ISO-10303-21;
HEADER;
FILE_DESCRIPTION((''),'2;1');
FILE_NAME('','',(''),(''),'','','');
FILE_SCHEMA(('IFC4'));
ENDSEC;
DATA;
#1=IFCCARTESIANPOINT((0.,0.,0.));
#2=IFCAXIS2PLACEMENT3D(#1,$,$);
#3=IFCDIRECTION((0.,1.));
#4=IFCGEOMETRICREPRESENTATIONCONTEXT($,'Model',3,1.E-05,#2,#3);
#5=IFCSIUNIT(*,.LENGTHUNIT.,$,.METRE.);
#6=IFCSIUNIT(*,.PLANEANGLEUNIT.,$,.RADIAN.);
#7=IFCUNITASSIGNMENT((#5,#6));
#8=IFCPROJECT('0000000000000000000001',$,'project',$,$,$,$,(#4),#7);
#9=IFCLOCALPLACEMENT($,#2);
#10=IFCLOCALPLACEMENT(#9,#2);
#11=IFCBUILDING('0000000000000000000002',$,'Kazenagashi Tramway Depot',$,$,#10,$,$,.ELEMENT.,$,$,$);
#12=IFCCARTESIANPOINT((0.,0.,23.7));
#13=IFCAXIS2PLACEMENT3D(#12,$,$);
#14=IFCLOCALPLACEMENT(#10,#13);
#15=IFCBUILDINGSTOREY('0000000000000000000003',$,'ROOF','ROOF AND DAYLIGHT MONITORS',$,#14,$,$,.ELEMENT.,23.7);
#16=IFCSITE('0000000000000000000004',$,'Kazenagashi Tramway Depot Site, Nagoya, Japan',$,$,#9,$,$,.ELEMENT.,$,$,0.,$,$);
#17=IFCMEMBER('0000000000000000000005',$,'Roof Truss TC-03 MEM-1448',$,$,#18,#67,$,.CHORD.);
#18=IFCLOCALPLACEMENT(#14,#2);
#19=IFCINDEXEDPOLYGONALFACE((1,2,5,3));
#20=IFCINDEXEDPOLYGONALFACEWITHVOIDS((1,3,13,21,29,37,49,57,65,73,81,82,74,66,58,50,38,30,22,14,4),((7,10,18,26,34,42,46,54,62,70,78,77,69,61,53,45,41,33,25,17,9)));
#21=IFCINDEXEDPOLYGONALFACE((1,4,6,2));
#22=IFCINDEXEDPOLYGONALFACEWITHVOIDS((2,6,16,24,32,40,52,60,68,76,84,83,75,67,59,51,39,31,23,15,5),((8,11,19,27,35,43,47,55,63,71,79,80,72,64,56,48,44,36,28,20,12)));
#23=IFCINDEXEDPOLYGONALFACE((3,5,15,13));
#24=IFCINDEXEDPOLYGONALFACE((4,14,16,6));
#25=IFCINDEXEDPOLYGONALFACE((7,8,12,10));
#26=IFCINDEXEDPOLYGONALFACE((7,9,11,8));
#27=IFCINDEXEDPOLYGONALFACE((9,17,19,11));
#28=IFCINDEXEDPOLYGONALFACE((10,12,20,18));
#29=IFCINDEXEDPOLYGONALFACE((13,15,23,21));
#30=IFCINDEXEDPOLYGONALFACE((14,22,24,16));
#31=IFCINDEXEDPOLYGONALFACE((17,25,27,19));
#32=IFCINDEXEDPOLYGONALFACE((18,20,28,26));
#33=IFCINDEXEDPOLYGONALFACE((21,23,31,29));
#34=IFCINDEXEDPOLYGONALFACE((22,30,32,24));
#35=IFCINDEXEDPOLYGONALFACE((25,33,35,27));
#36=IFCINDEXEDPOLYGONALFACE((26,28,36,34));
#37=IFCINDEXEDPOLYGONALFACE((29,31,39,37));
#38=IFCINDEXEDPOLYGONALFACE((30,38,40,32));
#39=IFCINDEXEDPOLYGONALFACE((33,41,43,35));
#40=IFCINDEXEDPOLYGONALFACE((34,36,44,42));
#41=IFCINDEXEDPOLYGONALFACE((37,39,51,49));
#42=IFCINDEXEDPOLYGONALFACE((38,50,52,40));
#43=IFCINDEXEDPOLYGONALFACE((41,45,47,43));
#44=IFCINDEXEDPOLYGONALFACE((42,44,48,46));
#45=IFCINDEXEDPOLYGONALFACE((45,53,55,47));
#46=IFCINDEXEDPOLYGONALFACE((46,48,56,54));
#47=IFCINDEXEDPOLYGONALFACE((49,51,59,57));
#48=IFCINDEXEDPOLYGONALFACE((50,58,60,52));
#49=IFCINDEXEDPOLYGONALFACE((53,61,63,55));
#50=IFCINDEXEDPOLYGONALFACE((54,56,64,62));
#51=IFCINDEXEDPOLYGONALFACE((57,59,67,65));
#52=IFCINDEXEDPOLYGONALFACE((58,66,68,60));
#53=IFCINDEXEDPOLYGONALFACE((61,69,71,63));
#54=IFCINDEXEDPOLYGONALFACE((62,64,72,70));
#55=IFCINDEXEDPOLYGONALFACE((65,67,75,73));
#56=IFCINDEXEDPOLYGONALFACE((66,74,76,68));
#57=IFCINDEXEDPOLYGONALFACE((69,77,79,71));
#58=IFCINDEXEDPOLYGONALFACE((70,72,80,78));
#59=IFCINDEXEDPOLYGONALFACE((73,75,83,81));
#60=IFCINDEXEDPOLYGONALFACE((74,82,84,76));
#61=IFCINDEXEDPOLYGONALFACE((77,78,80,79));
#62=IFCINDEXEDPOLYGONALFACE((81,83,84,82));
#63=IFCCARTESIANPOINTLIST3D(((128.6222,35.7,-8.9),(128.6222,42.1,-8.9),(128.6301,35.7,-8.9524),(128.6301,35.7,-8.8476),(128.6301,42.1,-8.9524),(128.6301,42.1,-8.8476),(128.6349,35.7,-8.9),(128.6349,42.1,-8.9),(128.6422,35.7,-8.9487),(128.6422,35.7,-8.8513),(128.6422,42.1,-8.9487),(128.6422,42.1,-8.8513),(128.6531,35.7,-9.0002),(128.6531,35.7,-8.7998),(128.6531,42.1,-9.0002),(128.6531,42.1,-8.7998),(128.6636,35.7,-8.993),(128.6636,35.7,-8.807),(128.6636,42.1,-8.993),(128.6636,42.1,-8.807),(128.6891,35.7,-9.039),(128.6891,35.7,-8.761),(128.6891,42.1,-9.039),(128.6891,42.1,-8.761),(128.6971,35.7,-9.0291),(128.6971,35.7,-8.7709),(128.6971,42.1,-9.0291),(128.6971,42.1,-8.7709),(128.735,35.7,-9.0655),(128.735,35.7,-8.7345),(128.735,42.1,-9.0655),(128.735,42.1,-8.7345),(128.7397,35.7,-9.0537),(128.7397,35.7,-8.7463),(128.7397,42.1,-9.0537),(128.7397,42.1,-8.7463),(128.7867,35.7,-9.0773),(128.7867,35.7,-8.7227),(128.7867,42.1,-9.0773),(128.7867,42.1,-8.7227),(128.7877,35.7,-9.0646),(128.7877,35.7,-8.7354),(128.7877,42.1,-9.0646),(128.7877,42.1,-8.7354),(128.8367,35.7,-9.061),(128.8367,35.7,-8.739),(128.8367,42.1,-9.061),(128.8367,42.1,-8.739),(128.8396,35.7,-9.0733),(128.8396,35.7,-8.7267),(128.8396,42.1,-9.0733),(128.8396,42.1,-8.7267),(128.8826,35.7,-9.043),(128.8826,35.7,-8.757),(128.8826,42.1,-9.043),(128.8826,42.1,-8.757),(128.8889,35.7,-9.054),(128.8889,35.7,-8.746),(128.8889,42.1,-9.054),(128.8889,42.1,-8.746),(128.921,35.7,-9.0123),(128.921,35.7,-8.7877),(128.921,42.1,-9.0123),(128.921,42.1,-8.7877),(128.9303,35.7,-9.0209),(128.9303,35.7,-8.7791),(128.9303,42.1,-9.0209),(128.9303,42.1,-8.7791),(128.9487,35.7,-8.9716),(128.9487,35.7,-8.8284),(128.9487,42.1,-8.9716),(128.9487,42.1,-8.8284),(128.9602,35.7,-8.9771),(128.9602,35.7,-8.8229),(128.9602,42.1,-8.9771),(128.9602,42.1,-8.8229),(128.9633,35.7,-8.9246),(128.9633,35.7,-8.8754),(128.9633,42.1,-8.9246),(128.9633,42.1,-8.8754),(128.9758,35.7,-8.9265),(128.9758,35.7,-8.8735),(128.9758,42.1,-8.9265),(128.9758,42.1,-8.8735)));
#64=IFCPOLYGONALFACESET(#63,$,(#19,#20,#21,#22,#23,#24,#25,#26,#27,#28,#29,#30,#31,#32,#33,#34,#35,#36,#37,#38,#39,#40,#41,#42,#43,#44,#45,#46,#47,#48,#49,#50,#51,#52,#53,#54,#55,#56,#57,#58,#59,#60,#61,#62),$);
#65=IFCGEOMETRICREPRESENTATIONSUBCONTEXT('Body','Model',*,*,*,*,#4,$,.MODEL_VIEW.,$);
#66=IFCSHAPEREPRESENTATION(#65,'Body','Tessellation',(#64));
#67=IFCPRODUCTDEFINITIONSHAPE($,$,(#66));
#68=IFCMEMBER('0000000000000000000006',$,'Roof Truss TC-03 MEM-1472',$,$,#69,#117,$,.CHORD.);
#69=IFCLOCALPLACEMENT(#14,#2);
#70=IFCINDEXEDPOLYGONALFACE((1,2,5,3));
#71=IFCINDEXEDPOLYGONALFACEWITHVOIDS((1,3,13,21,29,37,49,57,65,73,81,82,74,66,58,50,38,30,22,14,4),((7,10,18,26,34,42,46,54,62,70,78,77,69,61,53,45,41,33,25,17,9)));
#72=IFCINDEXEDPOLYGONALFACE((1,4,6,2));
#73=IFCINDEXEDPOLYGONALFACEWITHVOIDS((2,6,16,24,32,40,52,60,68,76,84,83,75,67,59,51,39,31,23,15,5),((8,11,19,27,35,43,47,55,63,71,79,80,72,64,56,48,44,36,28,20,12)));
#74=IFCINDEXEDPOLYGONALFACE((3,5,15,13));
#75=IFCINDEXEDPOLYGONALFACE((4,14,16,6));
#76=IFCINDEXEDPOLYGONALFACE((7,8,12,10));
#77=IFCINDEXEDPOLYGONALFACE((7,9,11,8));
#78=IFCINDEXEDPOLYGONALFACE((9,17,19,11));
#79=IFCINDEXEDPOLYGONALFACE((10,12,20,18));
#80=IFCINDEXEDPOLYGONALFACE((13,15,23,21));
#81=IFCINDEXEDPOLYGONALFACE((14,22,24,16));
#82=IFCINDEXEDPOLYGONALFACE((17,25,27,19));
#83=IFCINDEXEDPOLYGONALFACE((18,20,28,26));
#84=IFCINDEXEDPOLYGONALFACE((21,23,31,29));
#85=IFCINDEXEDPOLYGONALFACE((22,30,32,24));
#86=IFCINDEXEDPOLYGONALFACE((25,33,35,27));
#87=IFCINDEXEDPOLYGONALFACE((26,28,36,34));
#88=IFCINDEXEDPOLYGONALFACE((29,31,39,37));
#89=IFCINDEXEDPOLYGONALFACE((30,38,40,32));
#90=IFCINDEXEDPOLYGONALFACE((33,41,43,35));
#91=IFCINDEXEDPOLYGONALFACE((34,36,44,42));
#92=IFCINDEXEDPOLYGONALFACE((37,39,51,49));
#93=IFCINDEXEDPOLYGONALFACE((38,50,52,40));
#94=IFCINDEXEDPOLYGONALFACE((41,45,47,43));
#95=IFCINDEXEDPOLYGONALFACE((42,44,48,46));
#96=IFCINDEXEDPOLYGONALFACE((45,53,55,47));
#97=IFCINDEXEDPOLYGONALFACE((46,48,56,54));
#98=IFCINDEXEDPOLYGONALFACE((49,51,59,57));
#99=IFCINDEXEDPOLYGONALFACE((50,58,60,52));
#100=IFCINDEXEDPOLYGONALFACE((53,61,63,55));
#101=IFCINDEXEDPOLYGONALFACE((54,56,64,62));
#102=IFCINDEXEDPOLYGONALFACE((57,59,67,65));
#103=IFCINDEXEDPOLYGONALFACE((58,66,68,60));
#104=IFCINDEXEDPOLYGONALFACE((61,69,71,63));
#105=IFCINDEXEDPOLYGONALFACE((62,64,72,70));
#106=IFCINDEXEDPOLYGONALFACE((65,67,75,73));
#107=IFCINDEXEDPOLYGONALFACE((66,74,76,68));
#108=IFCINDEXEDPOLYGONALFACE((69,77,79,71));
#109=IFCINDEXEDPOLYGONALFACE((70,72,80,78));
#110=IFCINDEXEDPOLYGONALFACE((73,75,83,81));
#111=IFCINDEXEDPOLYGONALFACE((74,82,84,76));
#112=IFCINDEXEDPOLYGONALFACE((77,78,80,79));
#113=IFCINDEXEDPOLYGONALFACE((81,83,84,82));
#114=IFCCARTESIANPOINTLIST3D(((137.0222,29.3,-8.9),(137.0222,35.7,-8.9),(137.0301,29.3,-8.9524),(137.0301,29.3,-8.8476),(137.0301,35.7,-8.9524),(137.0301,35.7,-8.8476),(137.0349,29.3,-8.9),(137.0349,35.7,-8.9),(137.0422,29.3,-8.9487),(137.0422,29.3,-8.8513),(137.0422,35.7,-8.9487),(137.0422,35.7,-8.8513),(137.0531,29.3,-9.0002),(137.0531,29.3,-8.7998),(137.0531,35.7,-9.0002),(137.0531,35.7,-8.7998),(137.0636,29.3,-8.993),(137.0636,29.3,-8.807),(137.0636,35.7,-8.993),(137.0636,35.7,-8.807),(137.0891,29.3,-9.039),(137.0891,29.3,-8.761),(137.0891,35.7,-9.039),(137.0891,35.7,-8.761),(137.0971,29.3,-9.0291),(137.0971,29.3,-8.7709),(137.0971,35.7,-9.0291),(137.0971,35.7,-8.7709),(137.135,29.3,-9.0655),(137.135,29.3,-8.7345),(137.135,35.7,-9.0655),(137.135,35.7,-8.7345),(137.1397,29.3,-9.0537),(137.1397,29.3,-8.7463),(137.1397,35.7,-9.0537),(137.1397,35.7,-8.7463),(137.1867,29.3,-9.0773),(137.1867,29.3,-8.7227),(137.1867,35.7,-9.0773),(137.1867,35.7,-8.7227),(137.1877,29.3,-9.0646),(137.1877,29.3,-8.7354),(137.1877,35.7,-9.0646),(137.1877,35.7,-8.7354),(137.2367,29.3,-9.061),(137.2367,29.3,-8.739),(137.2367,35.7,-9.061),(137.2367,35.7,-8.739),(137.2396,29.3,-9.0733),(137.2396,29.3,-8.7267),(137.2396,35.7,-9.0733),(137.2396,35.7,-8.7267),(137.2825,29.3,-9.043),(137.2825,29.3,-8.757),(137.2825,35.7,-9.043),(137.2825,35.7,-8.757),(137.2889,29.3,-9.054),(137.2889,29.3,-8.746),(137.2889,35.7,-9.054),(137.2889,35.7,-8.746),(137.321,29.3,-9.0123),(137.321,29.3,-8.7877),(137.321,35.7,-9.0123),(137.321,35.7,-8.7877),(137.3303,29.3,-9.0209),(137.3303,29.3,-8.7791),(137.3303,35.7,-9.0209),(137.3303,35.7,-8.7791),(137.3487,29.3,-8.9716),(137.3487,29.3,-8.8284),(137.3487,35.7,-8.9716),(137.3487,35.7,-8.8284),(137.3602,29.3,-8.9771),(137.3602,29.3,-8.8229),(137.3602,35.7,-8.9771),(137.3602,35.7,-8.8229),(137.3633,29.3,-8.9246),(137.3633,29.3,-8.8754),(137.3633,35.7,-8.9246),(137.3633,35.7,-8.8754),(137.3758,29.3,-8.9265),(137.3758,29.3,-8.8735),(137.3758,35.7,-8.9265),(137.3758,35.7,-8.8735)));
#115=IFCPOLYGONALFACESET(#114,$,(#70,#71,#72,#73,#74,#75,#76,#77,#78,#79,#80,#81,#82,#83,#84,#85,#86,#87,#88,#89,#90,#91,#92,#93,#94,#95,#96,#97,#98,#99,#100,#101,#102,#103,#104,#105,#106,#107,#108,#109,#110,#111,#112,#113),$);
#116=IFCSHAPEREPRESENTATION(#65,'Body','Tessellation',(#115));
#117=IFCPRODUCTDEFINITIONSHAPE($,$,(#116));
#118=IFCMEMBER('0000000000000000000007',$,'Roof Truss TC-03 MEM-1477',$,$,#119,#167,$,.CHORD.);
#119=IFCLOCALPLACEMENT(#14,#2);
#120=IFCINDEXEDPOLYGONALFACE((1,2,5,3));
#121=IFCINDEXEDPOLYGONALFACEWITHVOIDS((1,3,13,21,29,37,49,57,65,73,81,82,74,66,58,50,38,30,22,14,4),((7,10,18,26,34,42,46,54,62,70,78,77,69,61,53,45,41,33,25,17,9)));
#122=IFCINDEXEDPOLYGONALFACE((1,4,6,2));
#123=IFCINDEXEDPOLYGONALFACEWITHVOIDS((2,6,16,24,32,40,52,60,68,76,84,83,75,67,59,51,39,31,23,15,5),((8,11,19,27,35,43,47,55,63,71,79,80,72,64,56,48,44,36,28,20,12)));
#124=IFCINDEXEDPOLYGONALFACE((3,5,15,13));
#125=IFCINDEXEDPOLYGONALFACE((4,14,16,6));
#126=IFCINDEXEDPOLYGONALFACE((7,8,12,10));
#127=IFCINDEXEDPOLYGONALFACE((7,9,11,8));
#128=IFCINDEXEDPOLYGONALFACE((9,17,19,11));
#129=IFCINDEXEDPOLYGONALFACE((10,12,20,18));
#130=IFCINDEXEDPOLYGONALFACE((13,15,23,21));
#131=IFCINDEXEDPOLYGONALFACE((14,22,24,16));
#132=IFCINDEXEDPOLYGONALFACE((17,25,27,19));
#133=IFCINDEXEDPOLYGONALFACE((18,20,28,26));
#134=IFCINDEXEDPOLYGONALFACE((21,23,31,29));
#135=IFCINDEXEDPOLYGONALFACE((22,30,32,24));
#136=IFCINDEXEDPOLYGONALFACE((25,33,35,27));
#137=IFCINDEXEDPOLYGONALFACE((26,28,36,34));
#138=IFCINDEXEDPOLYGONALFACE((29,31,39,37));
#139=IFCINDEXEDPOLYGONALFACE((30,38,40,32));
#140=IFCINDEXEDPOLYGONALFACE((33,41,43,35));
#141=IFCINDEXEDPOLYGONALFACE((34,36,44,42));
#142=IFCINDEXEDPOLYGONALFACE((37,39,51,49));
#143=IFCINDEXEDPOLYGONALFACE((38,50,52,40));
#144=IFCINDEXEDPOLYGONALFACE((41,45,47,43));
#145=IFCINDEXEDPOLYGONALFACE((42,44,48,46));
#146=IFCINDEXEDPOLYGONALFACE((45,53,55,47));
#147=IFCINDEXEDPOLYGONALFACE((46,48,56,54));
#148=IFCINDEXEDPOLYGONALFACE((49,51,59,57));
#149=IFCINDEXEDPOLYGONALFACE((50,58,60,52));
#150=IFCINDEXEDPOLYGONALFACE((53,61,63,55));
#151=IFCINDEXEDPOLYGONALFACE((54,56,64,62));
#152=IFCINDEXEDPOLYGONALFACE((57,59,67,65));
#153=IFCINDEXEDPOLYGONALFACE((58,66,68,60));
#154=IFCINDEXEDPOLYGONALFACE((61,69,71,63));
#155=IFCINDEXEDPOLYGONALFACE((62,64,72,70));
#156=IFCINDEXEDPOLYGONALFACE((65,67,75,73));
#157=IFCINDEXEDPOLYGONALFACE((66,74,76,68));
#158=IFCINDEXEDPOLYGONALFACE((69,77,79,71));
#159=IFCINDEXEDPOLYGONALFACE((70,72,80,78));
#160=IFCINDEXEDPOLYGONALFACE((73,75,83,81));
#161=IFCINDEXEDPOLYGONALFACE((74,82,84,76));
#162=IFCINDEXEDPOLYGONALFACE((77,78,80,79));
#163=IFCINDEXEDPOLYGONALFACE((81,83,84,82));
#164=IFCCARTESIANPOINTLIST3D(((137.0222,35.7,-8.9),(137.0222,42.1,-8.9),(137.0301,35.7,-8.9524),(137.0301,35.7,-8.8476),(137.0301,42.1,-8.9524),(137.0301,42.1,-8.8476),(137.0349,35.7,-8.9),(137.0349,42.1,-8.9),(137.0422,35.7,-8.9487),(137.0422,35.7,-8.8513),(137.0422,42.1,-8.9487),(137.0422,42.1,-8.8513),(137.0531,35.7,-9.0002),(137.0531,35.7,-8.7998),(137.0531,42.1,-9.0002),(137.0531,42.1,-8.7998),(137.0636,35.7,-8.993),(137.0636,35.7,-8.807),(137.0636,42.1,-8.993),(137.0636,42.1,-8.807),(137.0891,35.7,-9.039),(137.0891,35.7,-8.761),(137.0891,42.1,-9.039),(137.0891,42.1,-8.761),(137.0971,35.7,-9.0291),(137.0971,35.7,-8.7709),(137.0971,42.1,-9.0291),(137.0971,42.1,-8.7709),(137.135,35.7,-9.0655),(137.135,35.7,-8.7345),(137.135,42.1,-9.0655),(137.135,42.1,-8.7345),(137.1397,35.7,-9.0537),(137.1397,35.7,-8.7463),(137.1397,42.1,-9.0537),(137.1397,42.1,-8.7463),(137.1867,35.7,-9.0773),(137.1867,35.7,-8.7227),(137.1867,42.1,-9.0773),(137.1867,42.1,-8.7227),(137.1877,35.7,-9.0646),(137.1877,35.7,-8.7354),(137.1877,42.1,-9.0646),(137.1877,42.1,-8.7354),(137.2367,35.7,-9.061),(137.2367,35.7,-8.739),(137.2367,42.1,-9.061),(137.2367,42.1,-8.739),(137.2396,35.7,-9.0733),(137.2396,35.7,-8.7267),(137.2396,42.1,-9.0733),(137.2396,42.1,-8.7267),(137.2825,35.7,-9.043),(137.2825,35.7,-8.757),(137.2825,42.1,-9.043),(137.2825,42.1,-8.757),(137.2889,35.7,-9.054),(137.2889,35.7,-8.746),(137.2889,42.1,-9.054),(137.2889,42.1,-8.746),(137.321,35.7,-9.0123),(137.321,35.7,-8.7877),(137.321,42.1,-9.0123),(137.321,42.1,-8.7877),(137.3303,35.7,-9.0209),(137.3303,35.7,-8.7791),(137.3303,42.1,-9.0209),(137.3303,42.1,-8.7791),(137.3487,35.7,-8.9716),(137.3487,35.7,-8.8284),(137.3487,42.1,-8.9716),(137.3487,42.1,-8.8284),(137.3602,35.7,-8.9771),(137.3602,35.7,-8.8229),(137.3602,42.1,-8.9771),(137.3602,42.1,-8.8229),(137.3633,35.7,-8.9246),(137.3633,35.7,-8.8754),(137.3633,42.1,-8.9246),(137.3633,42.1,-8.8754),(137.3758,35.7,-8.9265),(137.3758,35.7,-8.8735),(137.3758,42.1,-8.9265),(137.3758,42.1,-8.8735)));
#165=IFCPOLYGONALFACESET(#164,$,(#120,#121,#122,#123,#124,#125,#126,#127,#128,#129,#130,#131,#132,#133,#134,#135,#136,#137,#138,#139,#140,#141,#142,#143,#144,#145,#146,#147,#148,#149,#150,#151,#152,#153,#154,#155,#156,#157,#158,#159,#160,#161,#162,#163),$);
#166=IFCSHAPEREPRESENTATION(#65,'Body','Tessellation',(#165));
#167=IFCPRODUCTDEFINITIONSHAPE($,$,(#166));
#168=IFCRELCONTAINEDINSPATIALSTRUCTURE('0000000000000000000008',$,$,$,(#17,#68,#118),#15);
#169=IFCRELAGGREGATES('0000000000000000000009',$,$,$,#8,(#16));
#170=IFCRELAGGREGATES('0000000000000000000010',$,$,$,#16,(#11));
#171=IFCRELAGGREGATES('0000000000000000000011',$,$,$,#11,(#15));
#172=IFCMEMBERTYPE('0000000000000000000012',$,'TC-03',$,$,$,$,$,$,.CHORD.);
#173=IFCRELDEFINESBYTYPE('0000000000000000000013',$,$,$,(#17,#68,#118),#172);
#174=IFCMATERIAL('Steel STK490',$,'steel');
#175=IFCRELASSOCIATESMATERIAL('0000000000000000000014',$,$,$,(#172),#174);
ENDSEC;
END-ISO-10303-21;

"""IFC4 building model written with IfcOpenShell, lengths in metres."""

from ifc_helpers import new_model, si_unit, direction, frame, origin, origin_2d, place, context, subcontext, project, spatial, hollow_circle, extrude, material, material_profile, profile_set, type_object, element, save


model = new_model("IFC4")

# Units and contexts
model_context = context("Model", 3, precision=1e-05, world=origin(), true_north=direction((0.0, 1.0)))
body_context = subcontext(model_context, "Body", "Model", "MODEL_VIEW")
ifc_project = project(units=[si_unit("LENGTHUNIT", "METRE"), si_unit("PLANEANGLEUNIT", "RADIAN")], contexts=[model_context])

# Site, building, storey
site_placement = place(None, origin())
site = spatial("IfcSite", under=ifc_project, at=site_placement, Name="Kazenagashi Tramway Depot Site, Nagoya, Japan", CompositionType="ELEMENT", RefElevation=0.0)
building_placement = place(site_placement, origin())
building = spatial("IfcBuilding", under=site, at=building_placement, Name="Kazenagashi Tramway Depot", CompositionType="ELEMENT")
storey_placement = place(building_placement, frame((0.0, 0.0, 23.7)))
storey = spatial("IfcBuildingStorey", under=building, at=storey_placement, Name="ROOF", Description="ROOF AND DAYLIGHT MONITORS", CompositionType="ELEMENT", Elevation=23.7)

# Members
ifc_material_1 = material(Name="Steel STK490", Category="steel")
ifc_material_profile_1 = material_profile(ifc_material_1, hollow_circle(Radius=0.1778, WallThickness=0.0127, at=origin_2d()), Name="CHS-355.6x12.7")
ifc_profile_set_1 = profile_set([ifc_material_profile_1], Name="Steel STK490")
member_type_1 = type_object("IfcMemberType", Name="TC-03", PredefinedType="CHORD", material=ifc_profile_set_1)
for number, where, z_axis, x_axis, name in (
    (1, (128.8, 35.7, -8.9), (0.0, 1.0, 0.0), (-1.0, 0.0, 0.0), "Roof Truss TC-03 MEM-1448"),
    (2, (137.2, 29.3, -8.9), (0.0, 1.0, 0.0), (-1.0, 0.0, 0.0), "Roof Truss TC-03 MEM-1472"),
    (3, (137.2, 35.7, -8.9), (0.0, 1.0, 0.0), (-1.0, 0.0, 0.0), "Roof Truss TC-03 MEM-1477"),
):
    element("IfcMember", number, at=place(storey_placement, frame(where, z_axis=z_axis, x_axis=x_axis)), inside=storey, type_object=member_type_1, Name=name, PredefinedType="CHORD", context=body_context, shape_type="SweptSolid", body=[
        extrude(hollow_circle(Radius=0.1778, WallThickness=0.0127, at=origin_2d()), origin(), (0.0, 0.0, 1.0), 6.4),
    ])

save(model, "model.ifc")
